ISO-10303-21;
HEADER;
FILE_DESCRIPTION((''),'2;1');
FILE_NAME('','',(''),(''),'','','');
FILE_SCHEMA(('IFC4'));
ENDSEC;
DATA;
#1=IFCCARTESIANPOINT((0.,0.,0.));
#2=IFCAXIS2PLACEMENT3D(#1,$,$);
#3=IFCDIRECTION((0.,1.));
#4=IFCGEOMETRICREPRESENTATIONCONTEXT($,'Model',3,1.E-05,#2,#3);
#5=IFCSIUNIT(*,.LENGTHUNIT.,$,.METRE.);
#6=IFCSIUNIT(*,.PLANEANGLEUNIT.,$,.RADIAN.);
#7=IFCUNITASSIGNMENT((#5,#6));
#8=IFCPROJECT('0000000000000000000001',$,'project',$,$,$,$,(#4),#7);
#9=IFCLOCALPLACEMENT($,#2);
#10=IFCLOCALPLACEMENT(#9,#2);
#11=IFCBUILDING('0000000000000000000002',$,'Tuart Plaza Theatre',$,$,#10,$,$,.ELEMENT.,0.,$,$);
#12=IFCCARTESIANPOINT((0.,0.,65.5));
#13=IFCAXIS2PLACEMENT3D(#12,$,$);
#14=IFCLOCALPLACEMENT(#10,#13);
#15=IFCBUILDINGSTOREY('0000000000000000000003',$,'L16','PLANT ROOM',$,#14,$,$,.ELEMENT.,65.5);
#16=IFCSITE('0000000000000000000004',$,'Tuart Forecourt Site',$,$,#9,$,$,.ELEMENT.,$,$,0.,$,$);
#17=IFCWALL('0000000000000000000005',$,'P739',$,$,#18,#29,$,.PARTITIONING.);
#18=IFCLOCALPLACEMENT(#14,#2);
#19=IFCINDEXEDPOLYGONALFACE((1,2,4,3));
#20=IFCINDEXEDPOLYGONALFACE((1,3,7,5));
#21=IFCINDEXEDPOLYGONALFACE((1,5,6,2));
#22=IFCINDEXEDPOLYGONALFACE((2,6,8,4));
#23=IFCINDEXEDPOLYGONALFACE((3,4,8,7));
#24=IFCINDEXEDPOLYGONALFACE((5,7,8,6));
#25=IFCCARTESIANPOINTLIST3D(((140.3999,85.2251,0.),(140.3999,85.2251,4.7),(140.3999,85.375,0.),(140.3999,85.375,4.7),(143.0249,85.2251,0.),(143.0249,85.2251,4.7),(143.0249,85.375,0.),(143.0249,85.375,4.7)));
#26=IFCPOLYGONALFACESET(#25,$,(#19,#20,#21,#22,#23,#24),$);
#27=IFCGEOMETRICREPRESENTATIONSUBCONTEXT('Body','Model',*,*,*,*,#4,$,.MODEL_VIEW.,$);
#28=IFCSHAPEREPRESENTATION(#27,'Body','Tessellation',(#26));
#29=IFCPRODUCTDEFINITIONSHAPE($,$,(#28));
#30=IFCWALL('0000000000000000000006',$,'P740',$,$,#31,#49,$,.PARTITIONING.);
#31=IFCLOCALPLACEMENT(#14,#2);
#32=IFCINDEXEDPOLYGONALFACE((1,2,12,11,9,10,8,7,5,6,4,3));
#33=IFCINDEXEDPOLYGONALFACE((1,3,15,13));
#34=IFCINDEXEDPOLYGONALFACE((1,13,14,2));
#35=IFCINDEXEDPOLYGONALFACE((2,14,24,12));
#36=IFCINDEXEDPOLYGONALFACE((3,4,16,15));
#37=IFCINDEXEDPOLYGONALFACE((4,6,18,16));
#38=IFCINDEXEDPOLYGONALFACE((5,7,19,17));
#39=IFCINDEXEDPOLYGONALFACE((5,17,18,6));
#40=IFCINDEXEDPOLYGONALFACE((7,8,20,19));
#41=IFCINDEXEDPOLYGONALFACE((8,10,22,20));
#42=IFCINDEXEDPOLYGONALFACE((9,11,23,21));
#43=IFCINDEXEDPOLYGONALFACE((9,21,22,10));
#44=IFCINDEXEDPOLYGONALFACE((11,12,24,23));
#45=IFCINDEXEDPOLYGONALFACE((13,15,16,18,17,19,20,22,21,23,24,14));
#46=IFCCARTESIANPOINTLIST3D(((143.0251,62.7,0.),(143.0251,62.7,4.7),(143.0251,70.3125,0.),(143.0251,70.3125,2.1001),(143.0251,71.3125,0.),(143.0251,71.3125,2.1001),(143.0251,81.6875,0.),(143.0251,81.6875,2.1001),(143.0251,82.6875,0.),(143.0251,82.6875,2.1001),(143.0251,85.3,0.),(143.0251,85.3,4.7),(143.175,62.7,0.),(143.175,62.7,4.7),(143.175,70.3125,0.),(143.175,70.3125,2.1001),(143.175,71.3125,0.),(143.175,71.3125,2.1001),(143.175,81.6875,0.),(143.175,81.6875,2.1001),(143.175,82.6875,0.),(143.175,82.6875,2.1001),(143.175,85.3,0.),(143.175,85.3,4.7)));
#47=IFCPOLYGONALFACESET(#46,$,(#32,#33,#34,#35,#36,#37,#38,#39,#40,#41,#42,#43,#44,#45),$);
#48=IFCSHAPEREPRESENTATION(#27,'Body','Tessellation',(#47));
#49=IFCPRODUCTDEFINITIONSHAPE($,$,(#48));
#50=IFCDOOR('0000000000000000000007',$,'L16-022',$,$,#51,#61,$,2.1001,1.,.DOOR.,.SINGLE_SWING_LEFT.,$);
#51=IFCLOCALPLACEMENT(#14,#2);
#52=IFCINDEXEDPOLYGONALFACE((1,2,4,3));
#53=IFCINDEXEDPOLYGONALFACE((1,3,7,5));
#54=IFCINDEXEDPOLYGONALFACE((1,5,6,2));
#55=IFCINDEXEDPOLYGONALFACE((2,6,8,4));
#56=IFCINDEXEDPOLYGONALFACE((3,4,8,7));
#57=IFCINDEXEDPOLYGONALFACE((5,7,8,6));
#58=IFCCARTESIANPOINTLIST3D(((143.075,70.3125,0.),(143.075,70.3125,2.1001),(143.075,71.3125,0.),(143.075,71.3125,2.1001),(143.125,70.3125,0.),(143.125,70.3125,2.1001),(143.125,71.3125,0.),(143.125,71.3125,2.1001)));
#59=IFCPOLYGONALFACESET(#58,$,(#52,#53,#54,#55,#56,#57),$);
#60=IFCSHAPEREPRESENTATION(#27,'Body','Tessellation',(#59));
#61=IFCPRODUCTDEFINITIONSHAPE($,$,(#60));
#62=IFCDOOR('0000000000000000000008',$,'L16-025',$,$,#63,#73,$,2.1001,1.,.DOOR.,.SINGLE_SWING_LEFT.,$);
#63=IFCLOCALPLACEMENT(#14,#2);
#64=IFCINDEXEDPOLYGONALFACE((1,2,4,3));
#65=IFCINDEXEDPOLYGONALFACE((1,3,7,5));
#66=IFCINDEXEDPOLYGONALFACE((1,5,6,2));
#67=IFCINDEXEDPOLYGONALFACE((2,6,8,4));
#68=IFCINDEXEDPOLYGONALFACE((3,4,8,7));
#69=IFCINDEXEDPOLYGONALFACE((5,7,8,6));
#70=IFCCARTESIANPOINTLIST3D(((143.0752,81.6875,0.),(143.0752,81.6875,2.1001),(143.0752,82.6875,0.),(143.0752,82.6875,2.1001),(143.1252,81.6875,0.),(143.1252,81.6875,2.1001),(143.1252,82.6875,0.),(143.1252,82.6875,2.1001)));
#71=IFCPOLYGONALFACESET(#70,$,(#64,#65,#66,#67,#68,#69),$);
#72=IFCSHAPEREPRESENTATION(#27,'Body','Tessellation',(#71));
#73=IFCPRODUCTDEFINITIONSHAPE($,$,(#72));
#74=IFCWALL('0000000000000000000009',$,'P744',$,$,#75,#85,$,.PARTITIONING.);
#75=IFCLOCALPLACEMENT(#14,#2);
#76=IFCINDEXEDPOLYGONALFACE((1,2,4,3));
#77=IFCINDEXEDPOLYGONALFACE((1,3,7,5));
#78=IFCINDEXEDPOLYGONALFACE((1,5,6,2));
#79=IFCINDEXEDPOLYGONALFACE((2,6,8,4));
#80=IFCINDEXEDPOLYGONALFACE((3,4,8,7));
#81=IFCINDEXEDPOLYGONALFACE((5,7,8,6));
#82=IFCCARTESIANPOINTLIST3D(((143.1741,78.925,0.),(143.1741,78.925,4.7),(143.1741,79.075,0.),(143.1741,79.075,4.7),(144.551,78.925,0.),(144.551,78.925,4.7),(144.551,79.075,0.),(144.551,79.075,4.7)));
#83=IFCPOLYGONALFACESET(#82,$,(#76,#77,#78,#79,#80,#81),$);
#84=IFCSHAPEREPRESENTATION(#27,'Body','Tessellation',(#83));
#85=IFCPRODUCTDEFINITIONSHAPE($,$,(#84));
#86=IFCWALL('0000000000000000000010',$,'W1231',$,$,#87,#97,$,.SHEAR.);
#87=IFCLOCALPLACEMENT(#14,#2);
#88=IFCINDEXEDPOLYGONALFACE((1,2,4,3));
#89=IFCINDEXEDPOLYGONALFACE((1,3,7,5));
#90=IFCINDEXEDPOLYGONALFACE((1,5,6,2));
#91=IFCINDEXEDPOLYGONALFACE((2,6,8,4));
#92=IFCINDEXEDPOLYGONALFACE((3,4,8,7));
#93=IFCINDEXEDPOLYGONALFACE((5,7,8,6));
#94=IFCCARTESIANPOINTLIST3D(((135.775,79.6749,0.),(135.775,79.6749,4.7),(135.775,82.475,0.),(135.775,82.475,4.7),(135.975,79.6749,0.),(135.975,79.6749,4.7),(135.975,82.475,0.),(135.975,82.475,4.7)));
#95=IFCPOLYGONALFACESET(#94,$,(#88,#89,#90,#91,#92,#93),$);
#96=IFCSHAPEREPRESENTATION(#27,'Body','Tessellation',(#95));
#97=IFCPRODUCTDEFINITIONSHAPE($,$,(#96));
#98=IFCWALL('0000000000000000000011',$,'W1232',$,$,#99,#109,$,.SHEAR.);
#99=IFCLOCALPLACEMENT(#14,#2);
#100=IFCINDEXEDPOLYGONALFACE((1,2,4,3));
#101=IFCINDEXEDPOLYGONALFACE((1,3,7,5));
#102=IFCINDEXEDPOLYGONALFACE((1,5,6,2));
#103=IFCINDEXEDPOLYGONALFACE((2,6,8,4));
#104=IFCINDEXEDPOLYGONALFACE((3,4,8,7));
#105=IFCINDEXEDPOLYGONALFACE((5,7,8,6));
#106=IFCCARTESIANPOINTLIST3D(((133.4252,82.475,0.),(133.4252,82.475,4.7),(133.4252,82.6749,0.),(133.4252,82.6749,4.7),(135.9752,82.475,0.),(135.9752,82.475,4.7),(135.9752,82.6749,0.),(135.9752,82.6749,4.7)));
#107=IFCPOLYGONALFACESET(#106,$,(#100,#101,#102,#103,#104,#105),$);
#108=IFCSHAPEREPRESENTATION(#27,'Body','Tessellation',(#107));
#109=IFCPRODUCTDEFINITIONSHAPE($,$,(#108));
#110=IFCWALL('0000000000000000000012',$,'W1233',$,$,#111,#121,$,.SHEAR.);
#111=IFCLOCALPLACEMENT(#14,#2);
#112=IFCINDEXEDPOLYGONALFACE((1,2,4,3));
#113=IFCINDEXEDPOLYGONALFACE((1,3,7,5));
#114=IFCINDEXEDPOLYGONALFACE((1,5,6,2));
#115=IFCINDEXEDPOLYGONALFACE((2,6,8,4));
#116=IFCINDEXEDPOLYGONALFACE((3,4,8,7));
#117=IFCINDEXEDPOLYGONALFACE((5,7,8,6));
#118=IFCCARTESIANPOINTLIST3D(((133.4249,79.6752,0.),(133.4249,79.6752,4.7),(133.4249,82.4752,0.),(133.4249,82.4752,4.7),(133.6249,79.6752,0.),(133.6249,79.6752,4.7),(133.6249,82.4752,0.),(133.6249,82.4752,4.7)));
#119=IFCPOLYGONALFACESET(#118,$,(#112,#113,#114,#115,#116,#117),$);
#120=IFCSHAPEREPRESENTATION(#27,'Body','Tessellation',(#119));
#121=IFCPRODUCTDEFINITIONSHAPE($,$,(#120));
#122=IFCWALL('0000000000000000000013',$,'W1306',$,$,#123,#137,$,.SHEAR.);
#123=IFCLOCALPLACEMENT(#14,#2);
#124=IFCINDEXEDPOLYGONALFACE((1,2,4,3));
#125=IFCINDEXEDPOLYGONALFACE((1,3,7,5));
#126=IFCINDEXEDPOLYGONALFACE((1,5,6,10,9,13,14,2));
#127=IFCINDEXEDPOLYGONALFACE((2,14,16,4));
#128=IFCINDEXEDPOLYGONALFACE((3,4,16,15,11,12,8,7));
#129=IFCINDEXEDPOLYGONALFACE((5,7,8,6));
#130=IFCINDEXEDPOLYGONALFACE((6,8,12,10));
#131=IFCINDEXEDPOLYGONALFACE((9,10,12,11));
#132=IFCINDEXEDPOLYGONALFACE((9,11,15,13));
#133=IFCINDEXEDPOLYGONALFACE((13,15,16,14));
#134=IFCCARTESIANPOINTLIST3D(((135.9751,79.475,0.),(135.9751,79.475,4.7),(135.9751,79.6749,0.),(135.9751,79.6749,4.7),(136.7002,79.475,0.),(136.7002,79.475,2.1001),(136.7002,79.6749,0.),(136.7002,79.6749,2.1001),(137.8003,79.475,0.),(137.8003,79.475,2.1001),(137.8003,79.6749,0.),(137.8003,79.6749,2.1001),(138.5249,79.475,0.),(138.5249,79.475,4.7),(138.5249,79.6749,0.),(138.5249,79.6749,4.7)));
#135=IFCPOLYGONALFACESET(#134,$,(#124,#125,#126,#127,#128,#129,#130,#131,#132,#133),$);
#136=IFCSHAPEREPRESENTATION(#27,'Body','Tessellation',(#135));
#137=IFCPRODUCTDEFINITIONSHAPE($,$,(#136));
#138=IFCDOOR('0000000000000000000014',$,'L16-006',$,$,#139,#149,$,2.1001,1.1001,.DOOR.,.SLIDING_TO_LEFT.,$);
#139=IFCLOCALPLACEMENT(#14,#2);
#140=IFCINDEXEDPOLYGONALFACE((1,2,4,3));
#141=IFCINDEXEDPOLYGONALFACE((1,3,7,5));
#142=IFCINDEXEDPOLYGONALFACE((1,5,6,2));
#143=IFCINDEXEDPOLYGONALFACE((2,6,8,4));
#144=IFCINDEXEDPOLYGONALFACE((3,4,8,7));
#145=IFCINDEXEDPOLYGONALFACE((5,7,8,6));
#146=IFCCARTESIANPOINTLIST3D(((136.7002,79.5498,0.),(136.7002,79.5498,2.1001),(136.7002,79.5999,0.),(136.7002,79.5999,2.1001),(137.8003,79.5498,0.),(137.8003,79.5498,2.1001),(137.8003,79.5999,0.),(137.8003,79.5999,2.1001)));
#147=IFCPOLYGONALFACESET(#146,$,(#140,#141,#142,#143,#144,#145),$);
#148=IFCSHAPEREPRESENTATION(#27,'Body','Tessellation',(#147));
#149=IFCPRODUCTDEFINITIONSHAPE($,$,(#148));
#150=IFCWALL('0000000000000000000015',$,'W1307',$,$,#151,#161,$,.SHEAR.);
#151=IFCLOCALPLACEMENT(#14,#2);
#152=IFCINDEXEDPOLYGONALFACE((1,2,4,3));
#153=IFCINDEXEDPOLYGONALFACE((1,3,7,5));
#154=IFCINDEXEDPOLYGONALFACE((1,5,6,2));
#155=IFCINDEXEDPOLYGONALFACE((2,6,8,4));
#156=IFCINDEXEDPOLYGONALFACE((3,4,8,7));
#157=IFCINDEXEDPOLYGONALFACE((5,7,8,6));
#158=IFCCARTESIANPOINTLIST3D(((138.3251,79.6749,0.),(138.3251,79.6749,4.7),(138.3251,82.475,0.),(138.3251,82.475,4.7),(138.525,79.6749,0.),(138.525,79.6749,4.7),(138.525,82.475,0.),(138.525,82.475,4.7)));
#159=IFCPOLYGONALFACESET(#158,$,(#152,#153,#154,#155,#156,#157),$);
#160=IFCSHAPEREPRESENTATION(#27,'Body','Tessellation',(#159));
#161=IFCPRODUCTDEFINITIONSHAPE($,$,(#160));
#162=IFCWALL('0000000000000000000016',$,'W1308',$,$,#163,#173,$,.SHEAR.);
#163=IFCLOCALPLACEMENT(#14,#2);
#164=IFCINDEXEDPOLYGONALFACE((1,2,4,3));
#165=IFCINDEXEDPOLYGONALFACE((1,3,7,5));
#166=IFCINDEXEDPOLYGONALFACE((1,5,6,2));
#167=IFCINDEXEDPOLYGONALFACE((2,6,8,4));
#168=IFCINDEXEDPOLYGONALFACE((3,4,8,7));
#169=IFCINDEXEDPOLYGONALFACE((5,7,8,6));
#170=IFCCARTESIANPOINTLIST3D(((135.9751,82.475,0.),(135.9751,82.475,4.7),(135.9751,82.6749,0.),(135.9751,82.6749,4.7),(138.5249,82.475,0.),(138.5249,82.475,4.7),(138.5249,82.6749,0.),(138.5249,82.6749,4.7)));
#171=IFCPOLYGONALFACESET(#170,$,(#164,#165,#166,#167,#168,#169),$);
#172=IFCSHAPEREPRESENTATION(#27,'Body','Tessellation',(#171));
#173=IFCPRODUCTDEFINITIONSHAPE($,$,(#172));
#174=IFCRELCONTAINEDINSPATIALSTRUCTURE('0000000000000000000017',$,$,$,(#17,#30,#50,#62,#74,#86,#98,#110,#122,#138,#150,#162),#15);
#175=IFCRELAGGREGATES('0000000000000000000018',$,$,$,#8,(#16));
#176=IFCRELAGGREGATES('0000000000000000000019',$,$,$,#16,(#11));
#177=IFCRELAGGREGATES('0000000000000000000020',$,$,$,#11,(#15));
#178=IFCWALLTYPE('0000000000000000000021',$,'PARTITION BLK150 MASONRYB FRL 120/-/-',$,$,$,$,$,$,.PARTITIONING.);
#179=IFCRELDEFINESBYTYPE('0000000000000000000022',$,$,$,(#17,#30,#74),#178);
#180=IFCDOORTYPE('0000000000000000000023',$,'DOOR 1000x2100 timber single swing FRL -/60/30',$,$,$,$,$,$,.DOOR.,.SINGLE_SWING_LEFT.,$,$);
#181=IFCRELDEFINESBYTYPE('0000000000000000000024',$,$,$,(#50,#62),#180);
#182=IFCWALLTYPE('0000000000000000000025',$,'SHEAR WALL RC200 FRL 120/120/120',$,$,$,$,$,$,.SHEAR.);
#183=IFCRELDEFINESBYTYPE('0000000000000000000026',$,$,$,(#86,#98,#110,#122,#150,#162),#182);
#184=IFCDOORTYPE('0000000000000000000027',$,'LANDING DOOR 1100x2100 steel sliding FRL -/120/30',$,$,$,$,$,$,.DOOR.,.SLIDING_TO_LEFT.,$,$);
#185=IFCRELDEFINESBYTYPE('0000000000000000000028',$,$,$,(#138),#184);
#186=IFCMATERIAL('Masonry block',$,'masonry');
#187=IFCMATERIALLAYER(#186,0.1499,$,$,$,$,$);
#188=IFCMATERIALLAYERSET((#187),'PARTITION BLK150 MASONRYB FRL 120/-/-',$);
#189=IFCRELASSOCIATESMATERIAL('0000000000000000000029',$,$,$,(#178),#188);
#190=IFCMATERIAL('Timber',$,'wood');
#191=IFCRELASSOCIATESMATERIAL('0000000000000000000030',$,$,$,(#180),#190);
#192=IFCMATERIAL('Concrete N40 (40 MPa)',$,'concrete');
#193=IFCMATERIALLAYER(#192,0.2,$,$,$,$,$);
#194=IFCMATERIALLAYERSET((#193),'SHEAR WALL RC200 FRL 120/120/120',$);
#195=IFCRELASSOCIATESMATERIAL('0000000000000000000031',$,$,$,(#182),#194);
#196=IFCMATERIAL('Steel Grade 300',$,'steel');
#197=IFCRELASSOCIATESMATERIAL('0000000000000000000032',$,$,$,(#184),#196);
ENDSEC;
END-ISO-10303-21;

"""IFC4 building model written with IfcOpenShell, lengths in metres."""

from ifc_helpers import new_model, si_unit, direction, frame, frame_2d, origin, place, context, subcontext, project, spatial, rectangle, extrude, material, layer, layer_set, type_object, element, fill, save


model = new_model("IFC4")

# Units and contexts
model_context = context("Model", 3, precision=1e-05, world=origin(), true_north=direction((0.0, 1.0)))
body_context = subcontext(model_context, "Body", "Model", "MODEL_VIEW")
ifc_project = project(units=[si_unit("LENGTHUNIT", "METRE"), si_unit("PLANEANGLEUNIT", "RADIAN")], contexts=[model_context])

# Site, building, storey
site_placement = place(None, origin())
site = spatial("IfcSite", under=ifc_project, at=site_placement, Name="Tuart Forecourt Site", CompositionType="ELEMENT", RefElevation=0.0)
building_placement = place(site_placement, origin())
building = spatial("IfcBuilding", under=site, at=building_placement, Name="Tuart Plaza Theatre", CompositionType="ELEMENT", ElevationOfRefHeight=0.0)
storey_placement = place(building_placement, frame((0.0, 0.0, 65.5)))
storey = spatial("IfcBuildingStorey", under=building, at=storey_placement, Name="L16", Description="PLANT ROOM", CompositionType="ELEMENT", Elevation=65.5)

# Wall
ifc_material_1 = material(Name="Masonry block", Category="masonry")
ifc_layer_1 = layer(ifc_material_1, 0.1499)
ifc_layer_set_1 = layer_set([ifc_layer_1], Name="PARTITION BLK150 MASONRYB FRL 120/-/-")
wall_type_1 = type_object("IfcWallType", Name="PARTITION BLK150 MASONRYB FRL 120/-/-", PredefinedType="PARTITIONING", material=ifc_layer_set_1)
wall_1_placement = place(storey_placement, frame((140.3999, 85.3, 0.0), z_axis=(0.0, 0.0, 1.0), x_axis=(1.0, 0.0, 0.0)))
element("IfcWall", 1, at=wall_1_placement, inside=storey, type_object=wall_type_1, Name="P739", PredefinedType="PARTITIONING", context=body_context, shape_type="SweptSolid", body=[
    extrude(rectangle(XDim=2.625, YDim=0.1499, at=frame_2d((1.3125, 0.0))), origin(), (0.0, 0.0, 1.0), 4.7),
])

# Wall, openings, doors
wall_2_placement = place(storey_placement, frame((143.1001, 85.3, 0.0), z_axis=(0.0, 0.0, 1.0), x_axis=(0.0, -1.0, 0.0)))
wall_2 = element("IfcWall", 2, at=wall_2_placement, inside=storey, type_object=wall_type_1, Name="P740", PredefinedType="PARTITIONING", context=body_context, shape_type="SweptSolid", body=[
    extrude(rectangle(XDim=22.6001, YDim=0.1499, at=frame_2d((11.3, 0.0))), origin(), (0.0, 0.0, 1.0), 4.7),
])
opening_1_placement = place(wall_2_placement, frame((13.9875, 0.0, 0.0)))
opening_1 = element("IfcOpeningElement", 3, at=opening_1_placement, cuts=wall_2, PredefinedType="OPENING", context=body_context, shape_type="SweptSolid", body=[
    extrude(rectangle(XDim=1.0, YDim=2.1001, at=frame_2d((0.5, 1.05))), frame((0.0, 0.085, 0.0), z_axis=(0.0, -1.0, 0.0), x_axis=(1.0, 0.0, 0.0)), (0.0, 0.0, 1.0), 0.1699),
])
opening_2_placement = place(wall_2_placement, frame((2.6125, 0.0, 0.0)))
opening_2 = element("IfcOpeningElement", 4, at=opening_2_placement, cuts=wall_2, PredefinedType="OPENING", context=body_context, shape_type="SweptSolid", body=[
    extrude(rectangle(XDim=1.0, YDim=2.1001, at=frame_2d((0.5, 1.05))), frame((0.0, 0.085, 0.0), z_axis=(0.0, -1.0, 0.0), x_axis=(1.0, 0.0, 0.0)), (0.0, 0.0, 1.0), 0.1699),
])
ifc_material_2 = material(Name="Timber", Category="wood")
door_type_1 = type_object("IfcDoorType", Name="DOOR 1000x2100 timber single swing FRL -/60/30", OperationType="SINGLE_SWING_LEFT", PredefinedType="DOOR", material=ifc_material_2)
door_1_placement = place(opening_1_placement, origin())
door_1 = element("IfcDoor", 5, at=door_1_placement, inside=storey, type_object=door_type_1, Name="L16-022", OperationType="SINGLE_SWING_LEFT", OverallHeight=2.1001, OverallWidth=1.0, PredefinedType="DOOR", context=body_context, shape_type="SweptSolid", body=[
    extrude(rectangle(XDim=1.0, YDim=2.1001, at=frame_2d((0.5, 1.05))), frame((0.0, 0.0249, 0.0), z_axis=(0.0, -1.0, 0.0), x_axis=(1.0, 0.0, 0.0)), (0.0, 0.0, 1.0), 0.05),
])
fill(opening_1, door_1)
door_2_placement = place(opening_2_placement, frame((1.0, 0.0, 0.0), z_axis=(0.0, 0.0, 1.0), x_axis=(-1.0, 0.0, 0.0)))
door_2 = element("IfcDoor", 6, at=door_2_placement, inside=storey, type_object=door_type_1, Name="L16-025", OperationType="SINGLE_SWING_LEFT", OverallHeight=2.1001, OverallWidth=1.0, PredefinedType="DOOR", context=body_context, shape_type="SweptSolid", body=[
    extrude(rectangle(XDim=1.0, YDim=2.1001, at=frame_2d((0.5, 1.05))), frame((0.0, 0.0249, 0.0), z_axis=(0.0, -1.0, 0.0), x_axis=(1.0, 0.0, 0.0)), (0.0, 0.0, 1.0), 0.05),
])
fill(opening_2, door_2)

# Walls
wall_3_placement = place(storey_placement, frame((143.1741, 79.0, 0.0), z_axis=(0.0, 0.0, 1.0), x_axis=(1.0, 0.0, 0.0)))
element("IfcWall", 7, at=wall_3_placement, inside=storey, type_object=wall_type_1, Name="P744", PredefinedType="PARTITIONING", context=body_context, shape_type="SweptSolid", body=[
    extrude(rectangle(XDim=1.377, YDim=0.1499, at=frame_2d((0.6885, 0.0))), origin(), (0.0, 0.0, 1.0), 4.7),
])
ifc_material_3 = material(Name="Concrete N40 (40 MPa)", Category="concrete")
ifc_layer_2 = layer(ifc_material_3, 0.2)
ifc_layer_set_2 = layer_set([ifc_layer_2], Name="SHEAR WALL RC200 FRL 120/120/120")
wall_type_2 = type_object("IfcWallType", Name="SHEAR WALL RC200 FRL 120/120/120", PredefinedType="SHEAR", material=ifc_layer_set_2)
wall_4_placement = place(storey_placement, frame((135.875, 79.675, 0.0), z_axis=(0.0, 0.0, 1.0), x_axis=(0.0, 1.0, 0.0)))
element("IfcWall", 8, at=wall_4_placement, inside=storey, type_object=wall_type_2, Name="W1231", PredefinedType="SHEAR", context=body_context, shape_type="SweptSolid", body=[
    extrude(rectangle(XDim=2.8, YDim=0.2, at=frame_2d((1.3999, 0.0))), origin(), (0.0, 0.0, 1.0), 4.7),
])
wall_5_placement = place(storey_placement, frame((135.9751, 82.575, 0.0), z_axis=(0.0, 0.0, 1.0), x_axis=(-1.0, 0.0, 0.0)))
element("IfcWall", 9, at=wall_5_placement, inside=storey, type_object=wall_type_2, Name="W1232", PredefinedType="SHEAR", context=body_context, shape_type="SweptSolid", body=[
    extrude(rectangle(XDim=2.55, YDim=0.2, at=frame_2d((1.2749, 0.0))), origin(), (0.0, 0.0, 1.0), 4.7),
])
wall_6_placement = place(storey_placement, frame((133.5249, 82.4751, 0.0), z_axis=(0.0, 0.0, 1.0), x_axis=(0.0, -1.0, 0.0)))
element("IfcWall", 10, at=wall_6_placement, inside=storey, type_object=wall_type_2, Name="W1233", PredefinedType="SHEAR", context=body_context, shape_type="SweptSolid", body=[
    extrude(rectangle(XDim=2.8, YDim=0.2, at=frame_2d((1.3999, 0.0))), origin(), (0.0, 0.0, 1.0), 4.7),
])

# Wall, opening, door
wall_7_placement = place(storey_placement, frame((135.9751, 79.575, 0.0), z_axis=(0.0, 0.0, 1.0), x_axis=(1.0, 0.0, 0.0)))
wall_7 = element("IfcWall", 11, at=wall_7_placement, inside=storey, type_object=wall_type_2, Name="W1306", PredefinedType="SHEAR", context=body_context, shape_type="SweptSolid", body=[
    extrude(rectangle(XDim=2.5498, YDim=0.2, at=frame_2d((1.2749, 0.0))), origin(), (0.0, 0.0, 1.0), 4.7),
])
opening_3_placement = place(wall_7_placement, frame((0.7251, 0.0, 0.0)))
opening_3 = element("IfcOpeningElement", 12, at=opening_3_placement, cuts=wall_7, PredefinedType="OPENING", context=body_context, shape_type="SweptSolid", body=[
    extrude(rectangle(XDim=1.1001, YDim=2.1001, at=frame_2d((0.55, 1.05))), frame((0.0, 0.1099, 0.0), z_axis=(0.0, -1.0, 0.0), x_axis=(1.0, 0.0, 0.0)), (0.0, 0.0, 1.0), 0.22),
])
ifc_material_4 = material(Name="Steel Grade 300", Category="steel")
door_type_2 = type_object("IfcDoorType", Name="LANDING DOOR 1100x2100 steel sliding FRL -/120/30", OperationType="SLIDING_TO_LEFT", PredefinedType="DOOR", material=ifc_material_4)
door_3_placement = place(opening_3_placement, origin())
door_3 = element("IfcDoor", 13, at=door_3_placement, inside=storey, type_object=door_type_2, Name="L16-006", OperationType="SLIDING_TO_LEFT", OverallHeight=2.1001, OverallWidth=1.1001, PredefinedType="DOOR", context=body_context, shape_type="SweptSolid", body=[
    extrude(rectangle(XDim=1.1001, YDim=2.1001, at=frame_2d((0.55, 1.05))), frame((0.0, 0.0249, 0.0), z_axis=(0.0, -1.0, 0.0), x_axis=(1.0, 0.0, 0.0)), (0.0, 0.0, 1.0), 0.05),
])
fill(opening_3, door_3)

# Walls
wall_8_placement = place(storey_placement, frame((138.425, 79.675, 0.0), z_axis=(0.0, 0.0, 1.0), x_axis=(0.0, 1.0, 0.0)))
element("IfcWall", 14, at=wall_8_placement, inside=storey, type_object=wall_type_2, Name="W1307", PredefinedType="SHEAR", context=body_context, shape_type="SweptSolid", body=[
    extrude(rectangle(XDim=2.8, YDim=0.2, at=frame_2d((1.3999, 0.0))), origin(), (0.0, 0.0, 1.0), 4.7),
])
wall_9_placement = place(storey_placement, frame((138.5249, 82.575, 0.0), z_axis=(0.0, 0.0, 1.0), x_axis=(-1.0, 0.0, 0.0)))
element("IfcWall", 15, at=wall_9_placement, inside=storey, type_object=wall_type_2, Name="W1308", PredefinedType="SHEAR", context=body_context, shape_type="SweptSolid", body=[
    extrude(rectangle(XDim=2.5498, YDim=0.2, at=frame_2d((1.2749, 0.0))), origin(), (0.0, 0.0, 1.0), 4.7),
])

save(model, "model.ifc")
